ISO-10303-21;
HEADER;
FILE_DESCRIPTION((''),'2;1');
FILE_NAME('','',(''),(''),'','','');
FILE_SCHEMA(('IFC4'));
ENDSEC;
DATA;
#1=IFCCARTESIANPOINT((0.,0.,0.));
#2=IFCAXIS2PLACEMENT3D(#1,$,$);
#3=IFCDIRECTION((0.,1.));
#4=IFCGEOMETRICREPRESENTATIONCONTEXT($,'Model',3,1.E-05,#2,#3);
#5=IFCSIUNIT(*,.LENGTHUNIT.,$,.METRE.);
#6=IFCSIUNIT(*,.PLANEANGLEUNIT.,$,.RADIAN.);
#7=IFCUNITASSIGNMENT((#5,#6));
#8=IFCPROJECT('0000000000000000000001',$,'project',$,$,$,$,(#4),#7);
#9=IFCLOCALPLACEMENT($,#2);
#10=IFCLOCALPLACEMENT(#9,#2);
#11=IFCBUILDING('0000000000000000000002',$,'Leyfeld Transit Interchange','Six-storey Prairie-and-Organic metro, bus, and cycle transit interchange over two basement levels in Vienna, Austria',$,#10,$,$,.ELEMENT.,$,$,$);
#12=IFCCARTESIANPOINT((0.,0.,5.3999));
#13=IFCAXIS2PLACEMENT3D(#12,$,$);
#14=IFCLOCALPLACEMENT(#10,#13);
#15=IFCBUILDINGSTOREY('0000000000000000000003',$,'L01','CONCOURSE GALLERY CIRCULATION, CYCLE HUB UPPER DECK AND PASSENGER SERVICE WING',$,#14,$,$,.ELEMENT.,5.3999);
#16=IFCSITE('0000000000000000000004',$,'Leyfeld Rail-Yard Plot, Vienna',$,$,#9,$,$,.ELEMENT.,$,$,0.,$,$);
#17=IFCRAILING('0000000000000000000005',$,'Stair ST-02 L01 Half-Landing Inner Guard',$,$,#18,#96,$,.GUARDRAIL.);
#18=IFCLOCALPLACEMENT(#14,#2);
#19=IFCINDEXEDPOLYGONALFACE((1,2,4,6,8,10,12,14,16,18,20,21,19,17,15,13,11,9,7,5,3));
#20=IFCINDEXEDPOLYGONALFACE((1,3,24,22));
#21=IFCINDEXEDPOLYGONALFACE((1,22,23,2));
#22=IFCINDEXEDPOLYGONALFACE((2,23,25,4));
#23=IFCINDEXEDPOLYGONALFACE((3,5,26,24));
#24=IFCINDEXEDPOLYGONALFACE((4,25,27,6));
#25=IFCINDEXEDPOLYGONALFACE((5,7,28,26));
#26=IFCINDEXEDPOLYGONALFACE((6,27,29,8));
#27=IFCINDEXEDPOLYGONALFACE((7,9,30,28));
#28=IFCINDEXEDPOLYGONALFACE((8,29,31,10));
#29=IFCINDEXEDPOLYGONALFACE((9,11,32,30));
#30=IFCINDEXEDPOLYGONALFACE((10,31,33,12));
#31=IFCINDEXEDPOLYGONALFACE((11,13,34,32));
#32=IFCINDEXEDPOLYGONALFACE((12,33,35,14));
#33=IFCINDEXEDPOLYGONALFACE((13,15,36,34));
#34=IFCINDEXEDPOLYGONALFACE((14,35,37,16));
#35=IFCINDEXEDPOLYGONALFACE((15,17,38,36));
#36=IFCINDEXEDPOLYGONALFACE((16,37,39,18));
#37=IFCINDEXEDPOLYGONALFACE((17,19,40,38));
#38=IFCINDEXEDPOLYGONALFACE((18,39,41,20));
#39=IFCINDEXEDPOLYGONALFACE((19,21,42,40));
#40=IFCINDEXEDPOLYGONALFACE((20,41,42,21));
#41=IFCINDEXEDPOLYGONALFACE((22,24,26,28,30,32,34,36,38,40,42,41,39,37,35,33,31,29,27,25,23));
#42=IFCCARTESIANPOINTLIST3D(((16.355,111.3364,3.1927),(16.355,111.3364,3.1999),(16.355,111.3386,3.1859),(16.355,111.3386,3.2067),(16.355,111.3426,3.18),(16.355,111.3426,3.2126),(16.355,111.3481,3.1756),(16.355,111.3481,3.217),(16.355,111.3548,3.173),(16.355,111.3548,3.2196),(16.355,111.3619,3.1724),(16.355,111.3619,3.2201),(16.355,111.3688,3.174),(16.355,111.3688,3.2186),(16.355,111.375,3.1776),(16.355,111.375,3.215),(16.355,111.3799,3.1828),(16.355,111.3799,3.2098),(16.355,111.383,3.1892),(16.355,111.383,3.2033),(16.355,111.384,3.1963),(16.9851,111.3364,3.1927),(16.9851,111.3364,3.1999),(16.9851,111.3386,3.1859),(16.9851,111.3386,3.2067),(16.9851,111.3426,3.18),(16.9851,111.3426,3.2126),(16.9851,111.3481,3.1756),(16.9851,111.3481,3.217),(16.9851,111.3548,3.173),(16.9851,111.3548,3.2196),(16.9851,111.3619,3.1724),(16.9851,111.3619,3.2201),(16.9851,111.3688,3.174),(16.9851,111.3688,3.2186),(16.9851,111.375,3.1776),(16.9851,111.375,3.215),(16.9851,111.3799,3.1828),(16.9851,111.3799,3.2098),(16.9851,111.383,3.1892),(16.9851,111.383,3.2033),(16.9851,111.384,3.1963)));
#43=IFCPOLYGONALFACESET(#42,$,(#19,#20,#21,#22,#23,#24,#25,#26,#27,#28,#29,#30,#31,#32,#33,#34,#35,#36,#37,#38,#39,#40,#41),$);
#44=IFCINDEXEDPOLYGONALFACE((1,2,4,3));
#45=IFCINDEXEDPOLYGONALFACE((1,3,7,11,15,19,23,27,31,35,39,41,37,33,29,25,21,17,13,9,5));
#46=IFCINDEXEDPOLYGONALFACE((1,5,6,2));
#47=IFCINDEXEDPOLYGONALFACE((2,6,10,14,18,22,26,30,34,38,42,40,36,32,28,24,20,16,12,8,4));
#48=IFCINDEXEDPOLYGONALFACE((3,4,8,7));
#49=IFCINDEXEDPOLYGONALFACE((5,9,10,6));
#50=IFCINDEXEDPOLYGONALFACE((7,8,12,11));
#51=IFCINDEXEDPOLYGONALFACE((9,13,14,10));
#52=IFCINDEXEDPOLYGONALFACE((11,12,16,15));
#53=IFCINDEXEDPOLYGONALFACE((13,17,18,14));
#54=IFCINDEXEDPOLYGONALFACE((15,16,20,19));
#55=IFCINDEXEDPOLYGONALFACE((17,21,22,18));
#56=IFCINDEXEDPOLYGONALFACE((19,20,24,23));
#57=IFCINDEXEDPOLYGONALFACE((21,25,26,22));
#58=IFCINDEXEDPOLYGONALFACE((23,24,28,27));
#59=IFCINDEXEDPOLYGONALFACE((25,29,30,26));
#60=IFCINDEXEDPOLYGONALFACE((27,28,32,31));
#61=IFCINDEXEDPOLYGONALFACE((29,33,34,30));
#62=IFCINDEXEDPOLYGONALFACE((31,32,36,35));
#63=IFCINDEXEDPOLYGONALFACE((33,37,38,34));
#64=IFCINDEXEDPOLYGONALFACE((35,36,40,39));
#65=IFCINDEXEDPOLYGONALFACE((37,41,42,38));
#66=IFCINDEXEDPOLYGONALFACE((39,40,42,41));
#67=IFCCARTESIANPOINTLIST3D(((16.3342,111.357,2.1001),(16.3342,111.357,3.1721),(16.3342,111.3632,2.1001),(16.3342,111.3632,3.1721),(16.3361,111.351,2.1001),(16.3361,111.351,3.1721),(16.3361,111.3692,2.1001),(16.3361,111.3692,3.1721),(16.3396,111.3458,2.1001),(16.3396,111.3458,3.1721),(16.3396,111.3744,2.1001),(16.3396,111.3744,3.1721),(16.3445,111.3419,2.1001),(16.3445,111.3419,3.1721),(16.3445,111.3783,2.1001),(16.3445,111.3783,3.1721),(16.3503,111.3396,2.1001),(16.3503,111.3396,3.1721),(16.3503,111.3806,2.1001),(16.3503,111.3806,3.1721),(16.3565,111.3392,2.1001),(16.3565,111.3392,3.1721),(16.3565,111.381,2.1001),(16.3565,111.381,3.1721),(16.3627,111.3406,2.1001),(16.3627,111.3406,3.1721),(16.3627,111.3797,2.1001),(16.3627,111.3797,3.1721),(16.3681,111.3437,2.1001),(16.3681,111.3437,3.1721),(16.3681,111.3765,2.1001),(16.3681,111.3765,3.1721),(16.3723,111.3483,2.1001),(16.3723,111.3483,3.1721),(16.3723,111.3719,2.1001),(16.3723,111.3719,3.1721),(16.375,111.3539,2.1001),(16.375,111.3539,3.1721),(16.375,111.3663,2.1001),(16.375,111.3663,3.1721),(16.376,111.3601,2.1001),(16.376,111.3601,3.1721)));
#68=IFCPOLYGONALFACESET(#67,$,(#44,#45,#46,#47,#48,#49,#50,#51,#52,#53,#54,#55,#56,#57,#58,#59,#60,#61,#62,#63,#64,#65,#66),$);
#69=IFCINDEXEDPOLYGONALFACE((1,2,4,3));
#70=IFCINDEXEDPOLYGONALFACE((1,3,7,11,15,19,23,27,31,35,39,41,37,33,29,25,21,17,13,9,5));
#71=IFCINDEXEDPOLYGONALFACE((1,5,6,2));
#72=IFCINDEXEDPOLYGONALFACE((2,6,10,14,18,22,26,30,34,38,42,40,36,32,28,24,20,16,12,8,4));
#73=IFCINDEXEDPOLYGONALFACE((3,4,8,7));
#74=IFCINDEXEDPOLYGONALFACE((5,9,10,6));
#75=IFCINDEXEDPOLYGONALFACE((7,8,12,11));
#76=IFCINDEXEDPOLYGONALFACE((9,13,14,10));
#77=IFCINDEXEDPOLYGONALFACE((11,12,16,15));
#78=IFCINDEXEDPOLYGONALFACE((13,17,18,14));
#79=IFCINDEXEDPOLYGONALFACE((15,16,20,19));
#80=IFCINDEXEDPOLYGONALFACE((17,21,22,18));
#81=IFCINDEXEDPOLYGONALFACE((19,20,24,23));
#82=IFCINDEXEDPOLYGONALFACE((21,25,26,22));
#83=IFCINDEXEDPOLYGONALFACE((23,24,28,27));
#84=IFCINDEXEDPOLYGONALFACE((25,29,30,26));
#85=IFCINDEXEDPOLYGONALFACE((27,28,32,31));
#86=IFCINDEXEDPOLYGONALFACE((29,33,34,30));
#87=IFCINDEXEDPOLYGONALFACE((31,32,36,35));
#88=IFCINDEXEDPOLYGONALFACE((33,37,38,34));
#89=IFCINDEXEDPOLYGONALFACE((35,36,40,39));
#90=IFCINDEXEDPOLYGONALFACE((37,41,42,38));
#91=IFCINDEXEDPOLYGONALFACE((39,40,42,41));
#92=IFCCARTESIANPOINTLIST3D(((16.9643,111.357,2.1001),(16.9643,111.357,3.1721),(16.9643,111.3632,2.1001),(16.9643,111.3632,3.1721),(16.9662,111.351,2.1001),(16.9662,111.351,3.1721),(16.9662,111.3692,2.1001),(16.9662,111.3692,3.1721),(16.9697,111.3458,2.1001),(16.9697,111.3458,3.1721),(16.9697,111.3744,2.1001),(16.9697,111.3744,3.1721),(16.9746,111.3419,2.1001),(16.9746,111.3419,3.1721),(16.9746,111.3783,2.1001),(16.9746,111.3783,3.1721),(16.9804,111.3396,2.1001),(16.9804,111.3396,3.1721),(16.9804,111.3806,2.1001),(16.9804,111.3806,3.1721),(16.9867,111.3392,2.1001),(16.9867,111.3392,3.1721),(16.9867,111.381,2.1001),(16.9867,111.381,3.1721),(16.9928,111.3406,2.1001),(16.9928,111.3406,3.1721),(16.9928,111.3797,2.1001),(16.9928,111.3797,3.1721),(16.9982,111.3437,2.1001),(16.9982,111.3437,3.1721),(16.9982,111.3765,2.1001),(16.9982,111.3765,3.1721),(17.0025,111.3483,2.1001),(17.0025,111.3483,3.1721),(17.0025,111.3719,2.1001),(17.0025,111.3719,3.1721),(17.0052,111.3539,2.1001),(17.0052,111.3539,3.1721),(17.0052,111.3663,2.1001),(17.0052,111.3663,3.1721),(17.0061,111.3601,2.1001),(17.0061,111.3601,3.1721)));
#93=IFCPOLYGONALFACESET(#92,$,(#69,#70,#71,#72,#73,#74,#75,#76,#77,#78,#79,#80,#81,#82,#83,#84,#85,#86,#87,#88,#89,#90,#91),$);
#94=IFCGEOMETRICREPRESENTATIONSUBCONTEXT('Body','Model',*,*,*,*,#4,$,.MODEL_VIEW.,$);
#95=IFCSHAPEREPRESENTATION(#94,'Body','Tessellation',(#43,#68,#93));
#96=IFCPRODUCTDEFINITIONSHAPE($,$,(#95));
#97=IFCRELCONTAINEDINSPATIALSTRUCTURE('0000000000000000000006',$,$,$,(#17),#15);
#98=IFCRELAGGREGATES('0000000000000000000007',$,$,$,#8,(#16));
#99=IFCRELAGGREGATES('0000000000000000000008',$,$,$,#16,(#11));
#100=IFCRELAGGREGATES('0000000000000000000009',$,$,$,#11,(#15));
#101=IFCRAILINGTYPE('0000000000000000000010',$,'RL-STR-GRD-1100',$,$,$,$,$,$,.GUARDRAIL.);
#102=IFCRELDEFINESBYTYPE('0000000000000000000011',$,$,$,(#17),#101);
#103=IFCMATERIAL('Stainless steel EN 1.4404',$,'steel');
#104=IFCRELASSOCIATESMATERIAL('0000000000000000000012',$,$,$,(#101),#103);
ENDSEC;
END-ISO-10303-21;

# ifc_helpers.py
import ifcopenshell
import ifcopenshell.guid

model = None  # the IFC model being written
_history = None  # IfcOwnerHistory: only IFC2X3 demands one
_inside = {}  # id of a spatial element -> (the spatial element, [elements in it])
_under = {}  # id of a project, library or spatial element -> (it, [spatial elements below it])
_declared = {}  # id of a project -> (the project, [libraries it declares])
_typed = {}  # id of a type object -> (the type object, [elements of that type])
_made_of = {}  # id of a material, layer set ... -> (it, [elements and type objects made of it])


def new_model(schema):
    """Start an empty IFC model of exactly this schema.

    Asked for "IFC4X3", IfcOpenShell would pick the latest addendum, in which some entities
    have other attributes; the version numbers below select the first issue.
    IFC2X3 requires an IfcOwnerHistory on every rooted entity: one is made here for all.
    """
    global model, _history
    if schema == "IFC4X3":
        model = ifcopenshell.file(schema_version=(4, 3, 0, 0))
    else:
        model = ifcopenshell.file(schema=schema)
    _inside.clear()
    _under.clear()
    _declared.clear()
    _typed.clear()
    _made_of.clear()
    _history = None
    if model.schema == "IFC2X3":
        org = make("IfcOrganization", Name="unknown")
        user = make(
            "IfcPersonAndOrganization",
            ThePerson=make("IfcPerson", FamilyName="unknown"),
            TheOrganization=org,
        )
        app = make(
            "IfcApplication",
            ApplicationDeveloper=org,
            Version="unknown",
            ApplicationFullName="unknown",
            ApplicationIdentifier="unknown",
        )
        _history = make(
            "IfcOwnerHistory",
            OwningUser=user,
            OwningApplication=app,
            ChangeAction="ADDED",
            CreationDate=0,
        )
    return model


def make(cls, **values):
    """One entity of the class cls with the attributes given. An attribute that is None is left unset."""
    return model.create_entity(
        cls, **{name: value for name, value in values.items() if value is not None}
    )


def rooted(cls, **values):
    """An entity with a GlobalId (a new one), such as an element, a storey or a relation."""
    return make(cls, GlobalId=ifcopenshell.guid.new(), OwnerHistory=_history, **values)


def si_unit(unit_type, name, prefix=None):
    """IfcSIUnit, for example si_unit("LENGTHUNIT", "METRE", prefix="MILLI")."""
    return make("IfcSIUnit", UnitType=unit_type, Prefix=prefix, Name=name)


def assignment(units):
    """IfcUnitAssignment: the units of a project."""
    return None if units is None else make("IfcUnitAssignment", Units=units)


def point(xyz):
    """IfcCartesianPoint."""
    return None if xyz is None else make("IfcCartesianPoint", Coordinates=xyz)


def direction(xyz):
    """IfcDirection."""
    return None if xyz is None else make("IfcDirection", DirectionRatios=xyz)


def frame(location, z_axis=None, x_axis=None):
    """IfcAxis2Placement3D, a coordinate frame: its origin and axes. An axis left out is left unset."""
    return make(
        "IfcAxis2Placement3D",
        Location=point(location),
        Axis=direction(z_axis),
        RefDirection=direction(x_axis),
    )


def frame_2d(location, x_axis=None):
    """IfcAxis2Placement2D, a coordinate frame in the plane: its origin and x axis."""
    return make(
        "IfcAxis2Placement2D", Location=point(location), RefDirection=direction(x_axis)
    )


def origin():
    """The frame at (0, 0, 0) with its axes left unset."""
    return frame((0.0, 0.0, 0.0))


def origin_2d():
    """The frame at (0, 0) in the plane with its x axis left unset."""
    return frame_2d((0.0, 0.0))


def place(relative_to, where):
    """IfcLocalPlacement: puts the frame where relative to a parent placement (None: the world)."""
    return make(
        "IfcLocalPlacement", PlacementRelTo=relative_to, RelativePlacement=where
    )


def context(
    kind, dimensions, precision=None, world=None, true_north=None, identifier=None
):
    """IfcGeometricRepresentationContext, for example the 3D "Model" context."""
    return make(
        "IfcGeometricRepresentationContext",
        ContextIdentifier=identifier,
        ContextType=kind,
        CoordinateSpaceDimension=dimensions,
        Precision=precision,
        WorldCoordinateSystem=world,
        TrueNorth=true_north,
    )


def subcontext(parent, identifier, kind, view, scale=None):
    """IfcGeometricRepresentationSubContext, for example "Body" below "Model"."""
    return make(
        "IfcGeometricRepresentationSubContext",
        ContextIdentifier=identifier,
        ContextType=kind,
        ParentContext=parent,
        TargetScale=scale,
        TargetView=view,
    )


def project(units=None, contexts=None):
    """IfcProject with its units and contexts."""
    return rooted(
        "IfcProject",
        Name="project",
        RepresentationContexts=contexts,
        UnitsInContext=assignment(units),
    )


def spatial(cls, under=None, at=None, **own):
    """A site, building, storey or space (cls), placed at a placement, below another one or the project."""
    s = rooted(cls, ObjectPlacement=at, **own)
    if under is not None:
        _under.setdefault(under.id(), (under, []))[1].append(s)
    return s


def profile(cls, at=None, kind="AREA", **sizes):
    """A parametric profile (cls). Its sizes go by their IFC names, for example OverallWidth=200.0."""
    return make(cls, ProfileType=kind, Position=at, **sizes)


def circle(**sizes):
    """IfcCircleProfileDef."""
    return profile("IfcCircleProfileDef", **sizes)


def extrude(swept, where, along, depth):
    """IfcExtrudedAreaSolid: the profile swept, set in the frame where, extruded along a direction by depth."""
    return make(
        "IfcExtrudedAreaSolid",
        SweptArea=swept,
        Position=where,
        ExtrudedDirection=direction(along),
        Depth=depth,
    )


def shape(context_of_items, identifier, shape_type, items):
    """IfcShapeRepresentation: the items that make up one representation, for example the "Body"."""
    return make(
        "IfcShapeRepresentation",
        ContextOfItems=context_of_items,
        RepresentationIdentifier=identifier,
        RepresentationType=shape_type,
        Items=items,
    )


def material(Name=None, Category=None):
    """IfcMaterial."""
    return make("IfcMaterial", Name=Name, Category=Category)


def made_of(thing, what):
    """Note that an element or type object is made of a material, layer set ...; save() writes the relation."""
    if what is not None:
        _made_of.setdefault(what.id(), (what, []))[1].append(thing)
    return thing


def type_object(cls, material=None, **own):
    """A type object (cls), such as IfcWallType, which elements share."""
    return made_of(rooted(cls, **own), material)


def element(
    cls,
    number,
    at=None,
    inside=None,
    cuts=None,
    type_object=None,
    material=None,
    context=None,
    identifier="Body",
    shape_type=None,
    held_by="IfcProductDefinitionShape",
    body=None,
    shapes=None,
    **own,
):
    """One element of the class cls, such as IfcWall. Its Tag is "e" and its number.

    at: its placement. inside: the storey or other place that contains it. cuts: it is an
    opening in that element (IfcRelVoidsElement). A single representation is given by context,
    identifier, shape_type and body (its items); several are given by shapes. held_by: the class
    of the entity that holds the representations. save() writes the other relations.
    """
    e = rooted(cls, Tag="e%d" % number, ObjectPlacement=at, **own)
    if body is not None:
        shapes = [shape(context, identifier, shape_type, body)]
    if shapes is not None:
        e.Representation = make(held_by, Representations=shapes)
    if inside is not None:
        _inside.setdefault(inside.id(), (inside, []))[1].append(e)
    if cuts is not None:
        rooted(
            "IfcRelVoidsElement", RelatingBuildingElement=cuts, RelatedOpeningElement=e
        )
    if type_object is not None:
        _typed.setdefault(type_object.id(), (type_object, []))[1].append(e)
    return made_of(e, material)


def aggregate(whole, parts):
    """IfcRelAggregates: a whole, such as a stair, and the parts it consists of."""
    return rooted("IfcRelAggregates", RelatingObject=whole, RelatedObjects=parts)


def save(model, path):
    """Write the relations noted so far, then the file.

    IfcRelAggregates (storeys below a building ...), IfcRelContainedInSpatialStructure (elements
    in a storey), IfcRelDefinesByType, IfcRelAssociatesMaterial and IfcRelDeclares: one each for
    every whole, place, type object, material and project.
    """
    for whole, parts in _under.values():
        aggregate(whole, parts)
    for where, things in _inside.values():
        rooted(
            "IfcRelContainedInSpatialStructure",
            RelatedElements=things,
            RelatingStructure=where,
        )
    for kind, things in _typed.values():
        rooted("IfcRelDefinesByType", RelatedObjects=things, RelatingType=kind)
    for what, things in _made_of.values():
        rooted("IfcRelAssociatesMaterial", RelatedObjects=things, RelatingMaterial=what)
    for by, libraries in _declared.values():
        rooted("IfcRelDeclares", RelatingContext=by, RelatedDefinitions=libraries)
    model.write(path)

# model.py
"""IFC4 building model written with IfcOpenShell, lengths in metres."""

from ifc_helpers import new_model, si_unit, direction, frame, origin, origin_2d, place, context, subcontext, project, spatial, circle, extrude, material, type_object, element, save


model = new_model("IFC4")

# Units and contexts
model_context = context("Model", 3, precision=1e-05, world=origin(), true_north=direction((0.0, 1.0)))
body_context = subcontext(model_context, "Body", "Model", "MODEL_VIEW")
ifc_project = project(units=[si_unit("LENGTHUNIT", "METRE"), si_unit("PLANEANGLEUNIT", "RADIAN")], contexts=[model_context])

# Site, building, storey
site_placement = place(None, origin())
site = spatial("IfcSite", under=ifc_project, at=site_placement, Name="Leyfeld Rail-Yard Plot, Vienna", CompositionType="ELEMENT", RefElevation=0.0)
building_placement = place(site_placement, origin())
building = spatial("IfcBuilding", under=site, at=building_placement, Name="Leyfeld Transit Interchange", Description="Six-storey Prairie-and-Organic metro, bus, and cycle transit interchange over two basement levels in Vienna, Austria", CompositionType="ELEMENT")
storey_placement = place(building_placement, frame((0.0, 0.0, 5.3999)))
storey = spatial("IfcBuildingStorey", under=building, at=storey_placement, Name="L01", Description="CONCOURSE GALLERY CIRCULATION, CYCLE HUB UPPER DECK AND PASSENGER SERVICE WING", CompositionType="ELEMENT", Elevation=5.3999)

# Shared definitions
ifc_material_1 = material(Name="Stainless steel EN 1.4404", Category="steel")

# Railing
railing_type_1 = type_object("IfcRailingType", Name="RL-STR-GRD-1100", PredefinedType="GUARDRAIL", material=ifc_material_1)
railing_1_placement = place(storey_placement, frame((16.355, 111.3601, 2.1001)))
element("IfcRailing", 1, at=railing_1_placement, inside=storey, type_object=railing_type_1, Name="Stair ST-02 L01 Half-Landing Inner Guard", PredefinedType="GUARDRAIL", context=body_context, shape_type="SweptSolid", body=[
    extrude(circle(Radius=0.0239, at=origin_2d()), frame((0.0, 0.0, 1.0962), z_axis=(1.0, 0.0, 0.0), x_axis=(0.0, 1.0, 0.0)), (0.0, 0.0, 1.0), 0.6301),
    extrude(circle(Radius=0.021, at=origin_2d()), origin(), (0.0, 0.0, 1.0), 1.072),
    extrude(circle(Radius=0.021, at=origin_2d()), frame((0.6301, 0.0, 0.0)), (0.0, 0.0, 1.0), 1.072),
])

save(model, "model.ifc")
